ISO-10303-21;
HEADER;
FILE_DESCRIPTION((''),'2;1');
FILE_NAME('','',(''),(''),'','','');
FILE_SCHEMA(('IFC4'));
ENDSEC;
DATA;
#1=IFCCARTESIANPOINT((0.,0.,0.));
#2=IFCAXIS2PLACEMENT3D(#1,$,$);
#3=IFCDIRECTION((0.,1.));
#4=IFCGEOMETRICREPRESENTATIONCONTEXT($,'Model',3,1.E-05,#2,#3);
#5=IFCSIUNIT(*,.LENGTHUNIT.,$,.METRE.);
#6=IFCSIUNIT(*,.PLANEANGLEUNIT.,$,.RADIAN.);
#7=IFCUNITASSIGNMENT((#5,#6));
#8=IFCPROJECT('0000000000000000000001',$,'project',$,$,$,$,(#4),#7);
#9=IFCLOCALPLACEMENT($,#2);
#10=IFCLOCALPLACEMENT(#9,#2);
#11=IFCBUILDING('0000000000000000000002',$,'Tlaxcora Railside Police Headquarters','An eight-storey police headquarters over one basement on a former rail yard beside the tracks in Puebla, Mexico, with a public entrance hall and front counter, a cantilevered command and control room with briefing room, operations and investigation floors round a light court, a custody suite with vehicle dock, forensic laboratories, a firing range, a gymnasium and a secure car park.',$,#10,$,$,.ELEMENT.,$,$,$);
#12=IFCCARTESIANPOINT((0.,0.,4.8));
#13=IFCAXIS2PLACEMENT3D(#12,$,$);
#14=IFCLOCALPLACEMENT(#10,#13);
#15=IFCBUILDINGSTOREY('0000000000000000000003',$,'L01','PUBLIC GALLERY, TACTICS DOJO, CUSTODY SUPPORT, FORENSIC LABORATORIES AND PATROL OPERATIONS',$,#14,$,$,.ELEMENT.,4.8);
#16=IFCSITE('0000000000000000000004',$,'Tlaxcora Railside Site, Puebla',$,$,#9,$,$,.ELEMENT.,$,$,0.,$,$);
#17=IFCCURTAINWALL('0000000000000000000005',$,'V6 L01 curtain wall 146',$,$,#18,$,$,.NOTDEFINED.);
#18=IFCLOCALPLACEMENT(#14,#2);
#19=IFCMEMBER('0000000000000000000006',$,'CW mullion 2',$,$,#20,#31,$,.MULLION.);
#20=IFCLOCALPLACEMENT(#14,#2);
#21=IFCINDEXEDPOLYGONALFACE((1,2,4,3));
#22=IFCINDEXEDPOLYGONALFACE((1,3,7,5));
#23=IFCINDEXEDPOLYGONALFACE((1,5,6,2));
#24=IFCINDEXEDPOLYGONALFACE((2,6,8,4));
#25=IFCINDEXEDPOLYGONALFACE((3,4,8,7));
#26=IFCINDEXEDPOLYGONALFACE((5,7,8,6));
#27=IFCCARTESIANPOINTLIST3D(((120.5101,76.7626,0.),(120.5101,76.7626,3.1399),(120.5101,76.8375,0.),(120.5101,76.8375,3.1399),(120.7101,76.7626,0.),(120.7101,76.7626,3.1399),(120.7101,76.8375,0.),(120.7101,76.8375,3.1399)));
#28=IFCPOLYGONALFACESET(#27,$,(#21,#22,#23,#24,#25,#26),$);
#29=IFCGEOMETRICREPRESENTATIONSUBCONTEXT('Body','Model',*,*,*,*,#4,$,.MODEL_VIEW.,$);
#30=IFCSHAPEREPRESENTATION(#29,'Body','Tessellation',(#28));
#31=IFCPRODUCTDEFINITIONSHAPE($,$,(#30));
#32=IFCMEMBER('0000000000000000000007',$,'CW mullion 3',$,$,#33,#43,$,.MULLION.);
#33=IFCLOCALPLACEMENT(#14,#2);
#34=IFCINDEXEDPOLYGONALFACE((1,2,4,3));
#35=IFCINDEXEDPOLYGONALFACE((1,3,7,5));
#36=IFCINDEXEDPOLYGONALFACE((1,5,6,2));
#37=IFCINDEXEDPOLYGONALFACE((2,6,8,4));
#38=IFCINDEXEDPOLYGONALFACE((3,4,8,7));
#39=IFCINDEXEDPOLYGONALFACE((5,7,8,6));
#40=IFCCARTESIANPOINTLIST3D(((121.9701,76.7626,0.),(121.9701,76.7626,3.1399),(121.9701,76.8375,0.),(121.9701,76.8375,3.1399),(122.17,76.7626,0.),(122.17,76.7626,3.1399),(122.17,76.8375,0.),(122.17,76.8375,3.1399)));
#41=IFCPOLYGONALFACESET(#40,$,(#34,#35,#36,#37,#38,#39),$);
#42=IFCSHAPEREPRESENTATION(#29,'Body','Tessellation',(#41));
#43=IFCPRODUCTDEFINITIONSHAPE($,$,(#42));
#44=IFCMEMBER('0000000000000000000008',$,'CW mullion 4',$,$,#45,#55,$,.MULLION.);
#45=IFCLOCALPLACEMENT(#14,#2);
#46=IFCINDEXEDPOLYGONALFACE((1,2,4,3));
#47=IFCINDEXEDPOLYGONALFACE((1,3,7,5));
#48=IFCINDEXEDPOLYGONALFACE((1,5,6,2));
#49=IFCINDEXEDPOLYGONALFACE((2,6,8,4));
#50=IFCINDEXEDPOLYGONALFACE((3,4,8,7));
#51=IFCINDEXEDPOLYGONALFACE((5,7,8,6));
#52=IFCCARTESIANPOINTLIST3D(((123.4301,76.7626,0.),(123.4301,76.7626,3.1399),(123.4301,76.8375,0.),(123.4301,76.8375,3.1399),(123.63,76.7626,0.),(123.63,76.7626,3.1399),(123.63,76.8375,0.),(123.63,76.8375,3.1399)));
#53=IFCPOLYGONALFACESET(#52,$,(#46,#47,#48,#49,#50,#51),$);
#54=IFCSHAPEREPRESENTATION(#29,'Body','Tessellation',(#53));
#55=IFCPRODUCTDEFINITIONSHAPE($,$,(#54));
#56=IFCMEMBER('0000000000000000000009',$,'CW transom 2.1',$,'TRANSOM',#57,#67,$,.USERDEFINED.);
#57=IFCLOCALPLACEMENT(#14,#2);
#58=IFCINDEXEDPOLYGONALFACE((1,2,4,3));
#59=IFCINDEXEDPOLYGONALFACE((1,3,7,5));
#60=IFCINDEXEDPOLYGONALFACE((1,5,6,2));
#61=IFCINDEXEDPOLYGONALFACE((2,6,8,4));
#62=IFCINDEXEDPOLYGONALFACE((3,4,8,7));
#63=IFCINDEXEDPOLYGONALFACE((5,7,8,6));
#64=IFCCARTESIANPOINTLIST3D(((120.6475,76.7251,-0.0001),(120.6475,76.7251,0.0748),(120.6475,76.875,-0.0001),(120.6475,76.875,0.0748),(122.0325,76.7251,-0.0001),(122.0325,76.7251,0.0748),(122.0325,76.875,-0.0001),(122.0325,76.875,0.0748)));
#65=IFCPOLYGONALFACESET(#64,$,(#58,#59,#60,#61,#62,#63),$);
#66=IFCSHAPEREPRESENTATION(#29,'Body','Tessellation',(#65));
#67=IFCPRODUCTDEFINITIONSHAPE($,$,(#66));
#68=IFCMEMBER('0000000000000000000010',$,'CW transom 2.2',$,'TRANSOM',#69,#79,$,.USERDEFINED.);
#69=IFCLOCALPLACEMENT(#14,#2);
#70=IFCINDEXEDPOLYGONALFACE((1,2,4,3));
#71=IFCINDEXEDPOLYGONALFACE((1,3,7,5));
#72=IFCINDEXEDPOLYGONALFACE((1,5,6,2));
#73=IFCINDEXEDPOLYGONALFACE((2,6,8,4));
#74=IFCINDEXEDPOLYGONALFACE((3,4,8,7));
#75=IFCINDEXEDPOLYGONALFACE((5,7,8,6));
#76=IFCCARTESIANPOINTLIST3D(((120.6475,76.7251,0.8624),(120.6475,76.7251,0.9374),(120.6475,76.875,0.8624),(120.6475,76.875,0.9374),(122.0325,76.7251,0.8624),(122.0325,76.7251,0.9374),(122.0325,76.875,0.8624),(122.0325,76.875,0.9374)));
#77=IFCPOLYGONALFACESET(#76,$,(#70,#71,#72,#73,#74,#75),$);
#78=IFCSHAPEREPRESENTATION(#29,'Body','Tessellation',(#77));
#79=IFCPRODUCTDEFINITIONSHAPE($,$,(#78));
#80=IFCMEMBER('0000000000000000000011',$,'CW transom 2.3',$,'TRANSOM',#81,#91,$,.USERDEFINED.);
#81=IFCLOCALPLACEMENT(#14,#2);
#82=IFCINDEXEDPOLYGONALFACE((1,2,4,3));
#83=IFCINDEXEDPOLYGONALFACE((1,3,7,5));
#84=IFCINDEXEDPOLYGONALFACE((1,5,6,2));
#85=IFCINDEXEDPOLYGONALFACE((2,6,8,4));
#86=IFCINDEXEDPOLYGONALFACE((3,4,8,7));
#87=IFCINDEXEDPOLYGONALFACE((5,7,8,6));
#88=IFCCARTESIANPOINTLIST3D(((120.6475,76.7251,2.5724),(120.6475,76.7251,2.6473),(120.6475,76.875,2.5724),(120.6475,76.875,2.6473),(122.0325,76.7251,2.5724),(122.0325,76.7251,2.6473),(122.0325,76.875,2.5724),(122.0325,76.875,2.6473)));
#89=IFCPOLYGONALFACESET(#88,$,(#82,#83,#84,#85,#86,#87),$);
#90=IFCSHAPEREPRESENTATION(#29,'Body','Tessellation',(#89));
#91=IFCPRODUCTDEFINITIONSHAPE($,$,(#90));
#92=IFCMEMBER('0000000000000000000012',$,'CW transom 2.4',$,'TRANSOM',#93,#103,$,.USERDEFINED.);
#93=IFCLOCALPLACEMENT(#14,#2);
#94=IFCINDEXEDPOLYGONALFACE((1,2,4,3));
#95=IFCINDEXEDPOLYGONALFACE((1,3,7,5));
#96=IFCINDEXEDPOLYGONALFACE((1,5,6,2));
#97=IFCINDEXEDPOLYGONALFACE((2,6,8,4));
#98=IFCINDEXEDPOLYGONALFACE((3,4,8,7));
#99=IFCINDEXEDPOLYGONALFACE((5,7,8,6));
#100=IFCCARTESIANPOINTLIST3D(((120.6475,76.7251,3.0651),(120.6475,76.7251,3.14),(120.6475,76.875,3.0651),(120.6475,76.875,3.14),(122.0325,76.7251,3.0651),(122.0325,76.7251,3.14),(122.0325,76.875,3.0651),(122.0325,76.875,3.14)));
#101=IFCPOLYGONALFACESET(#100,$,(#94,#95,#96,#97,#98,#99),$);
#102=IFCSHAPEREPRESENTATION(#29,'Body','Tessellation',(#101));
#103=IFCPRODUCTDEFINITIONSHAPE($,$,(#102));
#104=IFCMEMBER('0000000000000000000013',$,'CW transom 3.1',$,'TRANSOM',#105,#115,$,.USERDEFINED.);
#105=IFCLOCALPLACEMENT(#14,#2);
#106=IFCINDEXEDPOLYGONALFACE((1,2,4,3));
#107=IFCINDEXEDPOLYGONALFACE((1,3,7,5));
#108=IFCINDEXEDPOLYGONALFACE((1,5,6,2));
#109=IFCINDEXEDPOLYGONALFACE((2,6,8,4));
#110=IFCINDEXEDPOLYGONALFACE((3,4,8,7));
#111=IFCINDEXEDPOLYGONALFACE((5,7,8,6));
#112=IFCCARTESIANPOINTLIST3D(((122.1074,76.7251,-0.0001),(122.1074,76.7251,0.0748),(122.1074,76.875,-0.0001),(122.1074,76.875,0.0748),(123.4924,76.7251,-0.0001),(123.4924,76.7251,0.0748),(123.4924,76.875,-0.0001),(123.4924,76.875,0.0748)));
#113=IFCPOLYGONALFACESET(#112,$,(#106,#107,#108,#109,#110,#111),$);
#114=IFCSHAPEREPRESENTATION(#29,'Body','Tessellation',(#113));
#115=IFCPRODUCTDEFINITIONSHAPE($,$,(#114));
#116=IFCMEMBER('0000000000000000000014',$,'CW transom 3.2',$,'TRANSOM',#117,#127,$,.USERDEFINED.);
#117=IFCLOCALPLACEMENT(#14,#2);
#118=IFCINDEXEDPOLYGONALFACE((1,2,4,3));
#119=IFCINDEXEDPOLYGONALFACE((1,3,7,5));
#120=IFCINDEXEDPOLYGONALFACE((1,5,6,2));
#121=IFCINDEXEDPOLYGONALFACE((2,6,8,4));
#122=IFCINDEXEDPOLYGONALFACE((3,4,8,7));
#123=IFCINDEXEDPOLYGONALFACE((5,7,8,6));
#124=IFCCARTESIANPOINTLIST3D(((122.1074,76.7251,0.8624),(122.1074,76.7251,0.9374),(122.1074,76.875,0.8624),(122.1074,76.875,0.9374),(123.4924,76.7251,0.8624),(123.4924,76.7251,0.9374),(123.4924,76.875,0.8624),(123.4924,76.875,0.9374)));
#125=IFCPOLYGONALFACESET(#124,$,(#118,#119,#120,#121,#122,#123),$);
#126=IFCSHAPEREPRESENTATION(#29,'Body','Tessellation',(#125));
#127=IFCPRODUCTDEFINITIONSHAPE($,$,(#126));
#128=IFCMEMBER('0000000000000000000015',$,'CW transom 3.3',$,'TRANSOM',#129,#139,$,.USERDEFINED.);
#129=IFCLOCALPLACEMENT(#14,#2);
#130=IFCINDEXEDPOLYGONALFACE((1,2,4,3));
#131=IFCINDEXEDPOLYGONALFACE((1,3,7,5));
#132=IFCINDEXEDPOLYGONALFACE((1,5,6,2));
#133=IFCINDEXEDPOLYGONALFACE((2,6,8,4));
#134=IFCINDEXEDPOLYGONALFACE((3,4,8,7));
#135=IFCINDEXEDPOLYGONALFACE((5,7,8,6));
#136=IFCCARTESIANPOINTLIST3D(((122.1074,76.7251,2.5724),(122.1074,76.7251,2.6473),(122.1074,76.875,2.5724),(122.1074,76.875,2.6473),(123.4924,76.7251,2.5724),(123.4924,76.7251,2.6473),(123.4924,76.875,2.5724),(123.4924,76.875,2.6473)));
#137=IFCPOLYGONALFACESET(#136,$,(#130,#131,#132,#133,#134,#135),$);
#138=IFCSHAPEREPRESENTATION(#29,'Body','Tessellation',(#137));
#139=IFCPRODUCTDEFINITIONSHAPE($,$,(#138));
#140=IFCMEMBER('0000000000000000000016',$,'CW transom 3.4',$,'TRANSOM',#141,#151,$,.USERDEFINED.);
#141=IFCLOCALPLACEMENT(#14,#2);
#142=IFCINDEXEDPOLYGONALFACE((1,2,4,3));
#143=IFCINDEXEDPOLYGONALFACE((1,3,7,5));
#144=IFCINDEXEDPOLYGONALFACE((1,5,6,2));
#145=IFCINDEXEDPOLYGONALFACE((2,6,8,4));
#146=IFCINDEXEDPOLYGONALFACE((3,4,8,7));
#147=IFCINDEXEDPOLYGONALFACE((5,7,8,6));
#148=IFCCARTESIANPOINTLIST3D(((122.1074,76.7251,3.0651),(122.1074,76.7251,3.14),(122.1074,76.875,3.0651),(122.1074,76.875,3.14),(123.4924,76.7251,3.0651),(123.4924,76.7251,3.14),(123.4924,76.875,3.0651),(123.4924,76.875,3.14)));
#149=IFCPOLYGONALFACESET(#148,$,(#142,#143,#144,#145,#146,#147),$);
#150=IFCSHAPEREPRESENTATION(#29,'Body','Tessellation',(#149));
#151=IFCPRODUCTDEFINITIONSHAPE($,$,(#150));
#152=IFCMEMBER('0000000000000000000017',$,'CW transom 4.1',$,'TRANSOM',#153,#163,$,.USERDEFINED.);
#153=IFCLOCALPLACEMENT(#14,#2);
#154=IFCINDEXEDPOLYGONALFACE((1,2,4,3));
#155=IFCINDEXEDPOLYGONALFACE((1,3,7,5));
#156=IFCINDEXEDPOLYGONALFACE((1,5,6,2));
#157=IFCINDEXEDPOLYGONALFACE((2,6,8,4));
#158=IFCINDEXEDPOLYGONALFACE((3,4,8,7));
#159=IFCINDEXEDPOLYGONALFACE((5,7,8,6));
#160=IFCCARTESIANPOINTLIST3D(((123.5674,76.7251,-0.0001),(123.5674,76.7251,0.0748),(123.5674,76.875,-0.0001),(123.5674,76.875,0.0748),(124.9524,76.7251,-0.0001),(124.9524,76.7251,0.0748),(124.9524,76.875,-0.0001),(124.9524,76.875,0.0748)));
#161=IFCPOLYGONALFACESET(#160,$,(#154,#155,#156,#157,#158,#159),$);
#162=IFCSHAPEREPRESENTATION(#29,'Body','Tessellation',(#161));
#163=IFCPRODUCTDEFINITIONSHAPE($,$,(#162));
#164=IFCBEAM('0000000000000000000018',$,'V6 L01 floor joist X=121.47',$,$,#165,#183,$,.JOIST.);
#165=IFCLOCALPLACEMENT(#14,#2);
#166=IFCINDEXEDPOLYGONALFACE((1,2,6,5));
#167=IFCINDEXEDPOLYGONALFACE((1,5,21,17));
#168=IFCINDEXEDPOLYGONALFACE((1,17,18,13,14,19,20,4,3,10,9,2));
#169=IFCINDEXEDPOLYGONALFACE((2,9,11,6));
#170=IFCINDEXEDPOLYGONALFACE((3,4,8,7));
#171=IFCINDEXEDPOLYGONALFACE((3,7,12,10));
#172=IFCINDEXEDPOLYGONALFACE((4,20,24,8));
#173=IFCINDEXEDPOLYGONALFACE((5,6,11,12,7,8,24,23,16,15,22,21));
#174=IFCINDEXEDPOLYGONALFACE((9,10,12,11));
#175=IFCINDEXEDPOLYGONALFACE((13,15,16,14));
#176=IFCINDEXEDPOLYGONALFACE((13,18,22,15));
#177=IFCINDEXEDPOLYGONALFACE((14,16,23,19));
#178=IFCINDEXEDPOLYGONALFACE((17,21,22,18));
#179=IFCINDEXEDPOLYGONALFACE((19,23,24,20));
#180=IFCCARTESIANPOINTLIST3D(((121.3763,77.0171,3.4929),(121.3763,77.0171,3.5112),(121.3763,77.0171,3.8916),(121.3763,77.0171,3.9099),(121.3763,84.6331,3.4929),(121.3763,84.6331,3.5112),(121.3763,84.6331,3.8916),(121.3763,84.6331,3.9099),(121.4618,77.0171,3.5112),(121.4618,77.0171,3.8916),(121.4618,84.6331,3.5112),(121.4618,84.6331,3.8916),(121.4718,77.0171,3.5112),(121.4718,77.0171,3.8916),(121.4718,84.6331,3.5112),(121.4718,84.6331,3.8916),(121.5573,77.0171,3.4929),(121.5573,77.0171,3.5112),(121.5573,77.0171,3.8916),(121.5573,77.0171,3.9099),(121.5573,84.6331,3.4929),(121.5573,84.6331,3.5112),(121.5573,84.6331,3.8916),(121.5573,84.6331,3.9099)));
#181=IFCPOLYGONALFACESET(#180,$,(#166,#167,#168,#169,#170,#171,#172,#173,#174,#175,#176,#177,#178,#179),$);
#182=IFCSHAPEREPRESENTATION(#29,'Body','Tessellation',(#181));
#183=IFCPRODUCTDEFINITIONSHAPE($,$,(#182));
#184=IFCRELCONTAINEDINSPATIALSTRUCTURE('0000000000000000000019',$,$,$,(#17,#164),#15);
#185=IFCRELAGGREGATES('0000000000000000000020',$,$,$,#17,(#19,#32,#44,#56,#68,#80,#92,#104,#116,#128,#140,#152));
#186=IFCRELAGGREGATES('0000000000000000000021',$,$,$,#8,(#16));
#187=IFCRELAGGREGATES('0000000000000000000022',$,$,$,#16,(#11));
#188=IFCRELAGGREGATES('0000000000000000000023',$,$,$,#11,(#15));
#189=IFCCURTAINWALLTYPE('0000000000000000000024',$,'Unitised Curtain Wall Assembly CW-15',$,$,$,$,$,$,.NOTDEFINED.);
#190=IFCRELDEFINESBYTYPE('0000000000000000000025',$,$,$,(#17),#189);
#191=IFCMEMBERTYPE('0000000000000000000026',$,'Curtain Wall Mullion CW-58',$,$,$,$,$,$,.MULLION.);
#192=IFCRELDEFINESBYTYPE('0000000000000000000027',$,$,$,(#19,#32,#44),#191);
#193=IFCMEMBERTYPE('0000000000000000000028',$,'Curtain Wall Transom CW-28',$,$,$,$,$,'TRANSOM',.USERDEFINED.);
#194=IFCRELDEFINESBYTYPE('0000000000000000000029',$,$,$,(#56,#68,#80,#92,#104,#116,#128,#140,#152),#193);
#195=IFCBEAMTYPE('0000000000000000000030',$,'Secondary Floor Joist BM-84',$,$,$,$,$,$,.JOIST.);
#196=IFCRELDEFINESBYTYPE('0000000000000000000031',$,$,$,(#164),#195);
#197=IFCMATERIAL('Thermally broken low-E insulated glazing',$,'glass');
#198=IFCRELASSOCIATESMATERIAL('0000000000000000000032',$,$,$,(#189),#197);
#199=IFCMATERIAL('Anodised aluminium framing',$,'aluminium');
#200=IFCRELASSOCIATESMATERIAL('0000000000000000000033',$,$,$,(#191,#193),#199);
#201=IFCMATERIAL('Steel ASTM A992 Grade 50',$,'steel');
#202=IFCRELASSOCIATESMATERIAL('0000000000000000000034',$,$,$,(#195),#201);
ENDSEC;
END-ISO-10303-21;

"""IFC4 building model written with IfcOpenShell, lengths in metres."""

from ifc_helpers import new_model, si_unit, direction, frame, origin, origin_2d, place, context, subcontext, project, spatial, rectangle, i_section, extrude, material, material_profile, profile_set, type_object, element, aggregate, save


model = new_model("IFC4")

# Units and contexts
model_context = context("Model", 3, precision=1e-05, world=origin(), true_north=direction((0.0, 1.0)))
body_context = subcontext(model_context, "Body", "Model", "MODEL_VIEW")
ifc_project = project(units=[si_unit("LENGTHUNIT", "METRE"), si_unit("PLANEANGLEUNIT", "RADIAN")], contexts=[model_context])

# Site, building, storey
site_placement = place(None, origin())
site = spatial("IfcSite", under=ifc_project, at=site_placement, Name="Tlaxcora Railside Site, Puebla", CompositionType="ELEMENT", RefElevation=0.0)
building_placement = place(site_placement, origin())
building = spatial("IfcBuilding", under=site, at=building_placement, Name="Tlaxcora Railside Police Headquarters", Description="An eight-storey police headquarters over one basement on a former rail yard beside the tracks in Puebla, Mexico, with a public entrance hall and front counter, a cantilevered command and control room with briefing room, operations and investigation floors round a light court, a custody suite with vehicle dock, forensic laboratories, a firing range, a gymnasium and a secure car park.", CompositionType="ELEMENT")
storey_placement = place(building_placement, frame((0.0, 0.0, 4.8)))
storey = spatial("IfcBuildingStorey", under=building, at=storey_placement, Name="L01", Description="PUBLIC GALLERY, TACTICS DOJO, CUSTODY SUPPORT, FORENSIC LABORATORIES AND PATROL OPERATIONS", CompositionType="ELEMENT", Elevation=4.8)

# Curtain wall, members
ifc_material_1 = material(Name="Thermally broken low-E insulated glazing", Category="glass")
curtain_wall_type = type_object("IfcCurtainWallType", Name="Unitised Curtain Wall Assembly CW-15", PredefinedType="NOTDEFINED", material=ifc_material_1)
curtain_wall_placement = place(storey_placement, origin())
curtain_wall = element("IfcCurtainWall", 1, at=curtain_wall_placement, inside=storey, type_object=curtain_wall_type, Name="V6 L01 curtain wall 146", PredefinedType="NOTDEFINED")
ifc_material_2 = material(Name="Anodised aluminium framing", Category="aluminium")
ifc_material_profile_1 = material_profile(ifc_material_2, rectangle(XDim=0.075, YDim=0.2, at=origin_2d()), Name="AL75X200")
ifc_profile_set_1 = profile_set([ifc_material_profile_1], Name="Anodised aluminium framing")
member_type_1 = type_object("IfcMemberType", Name="Curtain Wall Mullion CW-58", PredefinedType="MULLION", material=ifc_profile_set_1)
member_1_placement = place(storey_placement, frame((120.6101, 76.8, 0.0), z_axis=(0.0, 0.0, 1.0), x_axis=(0.0, 1.0, 0.0)))
member_1 = element("IfcMember", 2, at=member_1_placement, type_object=member_type_1, Name="CW mullion 2", PredefinedType="MULLION", context=body_context, shape_type="SweptSolid", body=[
    extrude(rectangle(XDim=0.075, YDim=0.2, at=origin_2d()), origin(), (0.0, 0.0, 1.0), 3.1399),
])
member_2_placement = place(storey_placement, frame((122.0701, 76.8, 0.0), z_axis=(0.0, 0.0, 1.0), x_axis=(0.0, 1.0, 0.0)))
member_2 = element("IfcMember", 3, at=member_2_placement, type_object=member_type_1, Name="CW mullion 3", PredefinedType="MULLION", context=body_context, shape_type="SweptSolid", body=[
    extrude(rectangle(XDim=0.075, YDim=0.2, at=origin_2d()), origin(), (0.0, 0.0, 1.0), 3.1399),
])
member_3_placement = place(storey_placement, frame((123.53, 76.8, 0.0), z_axis=(0.0, 0.0, 1.0), x_axis=(0.0, 1.0, 0.0)))
member_3 = element("IfcMember", 4, at=member_3_placement, type_object=member_type_1, Name="CW mullion 4", PredefinedType="MULLION", context=body_context, shape_type="SweptSolid", body=[
    extrude(rectangle(XDim=0.075, YDim=0.2, at=origin_2d()), origin(), (0.0, 0.0, 1.0), 3.1399),
])
ifc_material_profile_2 = material_profile(ifc_material_2, rectangle(XDim=0.1499, YDim=0.075, at=origin_2d()), Name="AL75X150")
ifc_profile_set_2 = profile_set([ifc_material_profile_2], Name="Anodised aluminium framing")
member_type_2 = type_object("IfcMemberType", Name="Curtain Wall Transom CW-28", ElementType="TRANSOM", PredefinedType="USERDEFINED", material=ifc_profile_set_2)
member_4_placement = place(storey_placement, frame((120.6475, 76.8, 0.0374), z_axis=(1.0, 0.0, 0.0), x_axis=(0.0, 1.0, 0.0)))
member_4 = element("IfcMember", 5, at=member_4_placement, type_object=member_type_2, Name="CW transom 2.1", ObjectType="TRANSOM", PredefinedType="USERDEFINED", context=body_context, shape_type="SweptSolid", body=[
    extrude(rectangle(XDim=0.1499, YDim=0.075, at=origin_2d()), origin(), (0.0, 0.0, 1.0), 1.385),
])
member_5_placement = place(storey_placement, frame((120.6475, 76.8, 0.8999), z_axis=(1.0, 0.0, 0.0), x_axis=(0.0, 1.0, 0.0)))
member_5 = element("IfcMember", 6, at=member_5_placement, type_object=member_type_2, Name="CW transom 2.2", ObjectType="TRANSOM", PredefinedType="USERDEFINED", context=body_context, shape_type="SweptSolid", body=[
    extrude(rectangle(XDim=0.1499, YDim=0.075, at=origin_2d()), origin(), (0.0, 0.0, 1.0), 1.385),
])
member_6_placement = place(storey_placement, frame((120.6475, 76.8, 2.6099), z_axis=(1.0, 0.0, 0.0), x_axis=(0.0, 1.0, 0.0)))
member_6 = element("IfcMember", 7, at=member_6_placement, type_object=member_type_2, Name="CW transom 2.3", ObjectType="TRANSOM", PredefinedType="USERDEFINED", context=body_context, shape_type="SweptSolid", body=[
    extrude(rectangle(XDim=0.1499, YDim=0.075, at=origin_2d()), origin(), (0.0, 0.0, 1.0), 1.385),
])
member_7_placement = place(storey_placement, frame((120.6475, 76.8, 3.1025), z_axis=(1.0, 0.0, 0.0), x_axis=(0.0, 1.0, 0.0)))
member_7 = element("IfcMember", 8, at=member_7_placement, type_object=member_type_2, Name="CW transom 2.4", ObjectType="TRANSOM", PredefinedType="USERDEFINED", context=body_context, shape_type="SweptSolid", body=[
    extrude(rectangle(XDim=0.1499, YDim=0.075, at=origin_2d()), origin(), (0.0, 0.0, 1.0), 1.385),
])
member_8_placement = place(storey_placement, frame((122.1074, 76.8, 0.0374), z_axis=(1.0, 0.0, 0.0), x_axis=(0.0, 1.0, 0.0)))
member_8 = element("IfcMember", 9, at=member_8_placement, type_object=member_type_2, Name="CW transom 3.1", ObjectType="TRANSOM", PredefinedType="USERDEFINED", context=body_context, shape_type="SweptSolid", body=[
    extrude(rectangle(XDim=0.1499, YDim=0.075, at=origin_2d()), origin(), (0.0, 0.0, 1.0), 1.385),
])
member_9_placement = place(storey_placement, frame((122.1074, 76.8, 0.8999), z_axis=(1.0, 0.0, 0.0), x_axis=(0.0, 1.0, 0.0)))
member_9 = element("IfcMember", 10, at=member_9_placement, type_object=member_type_2, Name="CW transom 3.2", ObjectType="TRANSOM", PredefinedType="USERDEFINED", context=body_context, shape_type="SweptSolid", body=[
    extrude(rectangle(XDim=0.1499, YDim=0.075, at=origin_2d()), origin(), (0.0, 0.0, 1.0), 1.385),
])
member_10_placement = place(storey_placement, frame((122.1074, 76.8, 2.6099), z_axis=(1.0, 0.0, 0.0), x_axis=(0.0, 1.0, 0.0)))
member_10 = element("IfcMember", 11, at=member_10_placement, type_object=member_type_2, Name="CW transom 3.3", ObjectType="TRANSOM", PredefinedType="USERDEFINED", context=body_context, shape_type="SweptSolid", body=[
    extrude(rectangle(XDim=0.1499, YDim=0.075, at=origin_2d()), origin(), (0.0, 0.0, 1.0), 1.385),
])
member_11_placement = place(storey_placement, frame((122.1074, 76.8, 3.1025), z_axis=(1.0, 0.0, 0.0), x_axis=(0.0, 1.0, 0.0)))
member_11 = element("IfcMember", 12, at=member_11_placement, type_object=member_type_2, Name="CW transom 3.4", ObjectType="TRANSOM", PredefinedType="USERDEFINED", context=body_context, shape_type="SweptSolid", body=[
    extrude(rectangle(XDim=0.1499, YDim=0.075, at=origin_2d()), origin(), (0.0, 0.0, 1.0), 1.385),
])
member_12_placement = place(storey_placement, frame((123.5674, 76.8, 0.0374), z_axis=(1.0, 0.0, 0.0), x_axis=(0.0, 1.0, 0.0)))
member_12 = element("IfcMember", 13, at=member_12_placement, type_object=member_type_2, Name="CW transom 4.1", ObjectType="TRANSOM", PredefinedType="USERDEFINED", context=body_context, shape_type="SweptSolid", body=[
    extrude(rectangle(XDim=0.1499, YDim=0.075, at=origin_2d()), origin(), (0.0, 0.0, 1.0), 1.385),
])

# Beam
ifc_material_3 = material(Name="Steel ASTM A992 Grade 50", Category="steel")
ifc_material_profile_3 = material_profile(ifc_material_3, i_section(OverallWidth=0.1809, OverallDepth=0.417, WebThickness=0.01, FlangeThickness=0.0183, at=origin_2d()), Name="W16X57")
ifc_profile_set_3 = profile_set([ifc_material_profile_3], Name="Steel ASTM A992 Grade 50")
beam_type = type_object("IfcBeamType", Name="Secondary Floor Joist BM-84", PredefinedType="JOIST", material=ifc_profile_set_3)
beam_placement = place(storey_placement, frame((121.4668, 77.0171, 3.7014), z_axis=(0.0, 1.0, 0.0), x_axis=(-1.0, 0.0, 0.0)))
element("IfcBeam", 14, at=beam_placement, inside=storey, type_object=beam_type, Name="V6 L01 floor joist X=121.47", PredefinedType="JOIST", context=body_context, shape_type="SweptSolid", body=[
    extrude(i_section(OverallWidth=0.1809, OverallDepth=0.417, WebThickness=0.01, FlangeThickness=0.0183, at=origin_2d()), origin(), (0.0, 0.0, 1.0), 7.616),
])

aggregate(curtain_wall, [member_1, member_2, member_3, member_4, member_5, member_6, member_7, member_8, member_9, member_10, member_11, member_12])

save(model, "model.ifc")
